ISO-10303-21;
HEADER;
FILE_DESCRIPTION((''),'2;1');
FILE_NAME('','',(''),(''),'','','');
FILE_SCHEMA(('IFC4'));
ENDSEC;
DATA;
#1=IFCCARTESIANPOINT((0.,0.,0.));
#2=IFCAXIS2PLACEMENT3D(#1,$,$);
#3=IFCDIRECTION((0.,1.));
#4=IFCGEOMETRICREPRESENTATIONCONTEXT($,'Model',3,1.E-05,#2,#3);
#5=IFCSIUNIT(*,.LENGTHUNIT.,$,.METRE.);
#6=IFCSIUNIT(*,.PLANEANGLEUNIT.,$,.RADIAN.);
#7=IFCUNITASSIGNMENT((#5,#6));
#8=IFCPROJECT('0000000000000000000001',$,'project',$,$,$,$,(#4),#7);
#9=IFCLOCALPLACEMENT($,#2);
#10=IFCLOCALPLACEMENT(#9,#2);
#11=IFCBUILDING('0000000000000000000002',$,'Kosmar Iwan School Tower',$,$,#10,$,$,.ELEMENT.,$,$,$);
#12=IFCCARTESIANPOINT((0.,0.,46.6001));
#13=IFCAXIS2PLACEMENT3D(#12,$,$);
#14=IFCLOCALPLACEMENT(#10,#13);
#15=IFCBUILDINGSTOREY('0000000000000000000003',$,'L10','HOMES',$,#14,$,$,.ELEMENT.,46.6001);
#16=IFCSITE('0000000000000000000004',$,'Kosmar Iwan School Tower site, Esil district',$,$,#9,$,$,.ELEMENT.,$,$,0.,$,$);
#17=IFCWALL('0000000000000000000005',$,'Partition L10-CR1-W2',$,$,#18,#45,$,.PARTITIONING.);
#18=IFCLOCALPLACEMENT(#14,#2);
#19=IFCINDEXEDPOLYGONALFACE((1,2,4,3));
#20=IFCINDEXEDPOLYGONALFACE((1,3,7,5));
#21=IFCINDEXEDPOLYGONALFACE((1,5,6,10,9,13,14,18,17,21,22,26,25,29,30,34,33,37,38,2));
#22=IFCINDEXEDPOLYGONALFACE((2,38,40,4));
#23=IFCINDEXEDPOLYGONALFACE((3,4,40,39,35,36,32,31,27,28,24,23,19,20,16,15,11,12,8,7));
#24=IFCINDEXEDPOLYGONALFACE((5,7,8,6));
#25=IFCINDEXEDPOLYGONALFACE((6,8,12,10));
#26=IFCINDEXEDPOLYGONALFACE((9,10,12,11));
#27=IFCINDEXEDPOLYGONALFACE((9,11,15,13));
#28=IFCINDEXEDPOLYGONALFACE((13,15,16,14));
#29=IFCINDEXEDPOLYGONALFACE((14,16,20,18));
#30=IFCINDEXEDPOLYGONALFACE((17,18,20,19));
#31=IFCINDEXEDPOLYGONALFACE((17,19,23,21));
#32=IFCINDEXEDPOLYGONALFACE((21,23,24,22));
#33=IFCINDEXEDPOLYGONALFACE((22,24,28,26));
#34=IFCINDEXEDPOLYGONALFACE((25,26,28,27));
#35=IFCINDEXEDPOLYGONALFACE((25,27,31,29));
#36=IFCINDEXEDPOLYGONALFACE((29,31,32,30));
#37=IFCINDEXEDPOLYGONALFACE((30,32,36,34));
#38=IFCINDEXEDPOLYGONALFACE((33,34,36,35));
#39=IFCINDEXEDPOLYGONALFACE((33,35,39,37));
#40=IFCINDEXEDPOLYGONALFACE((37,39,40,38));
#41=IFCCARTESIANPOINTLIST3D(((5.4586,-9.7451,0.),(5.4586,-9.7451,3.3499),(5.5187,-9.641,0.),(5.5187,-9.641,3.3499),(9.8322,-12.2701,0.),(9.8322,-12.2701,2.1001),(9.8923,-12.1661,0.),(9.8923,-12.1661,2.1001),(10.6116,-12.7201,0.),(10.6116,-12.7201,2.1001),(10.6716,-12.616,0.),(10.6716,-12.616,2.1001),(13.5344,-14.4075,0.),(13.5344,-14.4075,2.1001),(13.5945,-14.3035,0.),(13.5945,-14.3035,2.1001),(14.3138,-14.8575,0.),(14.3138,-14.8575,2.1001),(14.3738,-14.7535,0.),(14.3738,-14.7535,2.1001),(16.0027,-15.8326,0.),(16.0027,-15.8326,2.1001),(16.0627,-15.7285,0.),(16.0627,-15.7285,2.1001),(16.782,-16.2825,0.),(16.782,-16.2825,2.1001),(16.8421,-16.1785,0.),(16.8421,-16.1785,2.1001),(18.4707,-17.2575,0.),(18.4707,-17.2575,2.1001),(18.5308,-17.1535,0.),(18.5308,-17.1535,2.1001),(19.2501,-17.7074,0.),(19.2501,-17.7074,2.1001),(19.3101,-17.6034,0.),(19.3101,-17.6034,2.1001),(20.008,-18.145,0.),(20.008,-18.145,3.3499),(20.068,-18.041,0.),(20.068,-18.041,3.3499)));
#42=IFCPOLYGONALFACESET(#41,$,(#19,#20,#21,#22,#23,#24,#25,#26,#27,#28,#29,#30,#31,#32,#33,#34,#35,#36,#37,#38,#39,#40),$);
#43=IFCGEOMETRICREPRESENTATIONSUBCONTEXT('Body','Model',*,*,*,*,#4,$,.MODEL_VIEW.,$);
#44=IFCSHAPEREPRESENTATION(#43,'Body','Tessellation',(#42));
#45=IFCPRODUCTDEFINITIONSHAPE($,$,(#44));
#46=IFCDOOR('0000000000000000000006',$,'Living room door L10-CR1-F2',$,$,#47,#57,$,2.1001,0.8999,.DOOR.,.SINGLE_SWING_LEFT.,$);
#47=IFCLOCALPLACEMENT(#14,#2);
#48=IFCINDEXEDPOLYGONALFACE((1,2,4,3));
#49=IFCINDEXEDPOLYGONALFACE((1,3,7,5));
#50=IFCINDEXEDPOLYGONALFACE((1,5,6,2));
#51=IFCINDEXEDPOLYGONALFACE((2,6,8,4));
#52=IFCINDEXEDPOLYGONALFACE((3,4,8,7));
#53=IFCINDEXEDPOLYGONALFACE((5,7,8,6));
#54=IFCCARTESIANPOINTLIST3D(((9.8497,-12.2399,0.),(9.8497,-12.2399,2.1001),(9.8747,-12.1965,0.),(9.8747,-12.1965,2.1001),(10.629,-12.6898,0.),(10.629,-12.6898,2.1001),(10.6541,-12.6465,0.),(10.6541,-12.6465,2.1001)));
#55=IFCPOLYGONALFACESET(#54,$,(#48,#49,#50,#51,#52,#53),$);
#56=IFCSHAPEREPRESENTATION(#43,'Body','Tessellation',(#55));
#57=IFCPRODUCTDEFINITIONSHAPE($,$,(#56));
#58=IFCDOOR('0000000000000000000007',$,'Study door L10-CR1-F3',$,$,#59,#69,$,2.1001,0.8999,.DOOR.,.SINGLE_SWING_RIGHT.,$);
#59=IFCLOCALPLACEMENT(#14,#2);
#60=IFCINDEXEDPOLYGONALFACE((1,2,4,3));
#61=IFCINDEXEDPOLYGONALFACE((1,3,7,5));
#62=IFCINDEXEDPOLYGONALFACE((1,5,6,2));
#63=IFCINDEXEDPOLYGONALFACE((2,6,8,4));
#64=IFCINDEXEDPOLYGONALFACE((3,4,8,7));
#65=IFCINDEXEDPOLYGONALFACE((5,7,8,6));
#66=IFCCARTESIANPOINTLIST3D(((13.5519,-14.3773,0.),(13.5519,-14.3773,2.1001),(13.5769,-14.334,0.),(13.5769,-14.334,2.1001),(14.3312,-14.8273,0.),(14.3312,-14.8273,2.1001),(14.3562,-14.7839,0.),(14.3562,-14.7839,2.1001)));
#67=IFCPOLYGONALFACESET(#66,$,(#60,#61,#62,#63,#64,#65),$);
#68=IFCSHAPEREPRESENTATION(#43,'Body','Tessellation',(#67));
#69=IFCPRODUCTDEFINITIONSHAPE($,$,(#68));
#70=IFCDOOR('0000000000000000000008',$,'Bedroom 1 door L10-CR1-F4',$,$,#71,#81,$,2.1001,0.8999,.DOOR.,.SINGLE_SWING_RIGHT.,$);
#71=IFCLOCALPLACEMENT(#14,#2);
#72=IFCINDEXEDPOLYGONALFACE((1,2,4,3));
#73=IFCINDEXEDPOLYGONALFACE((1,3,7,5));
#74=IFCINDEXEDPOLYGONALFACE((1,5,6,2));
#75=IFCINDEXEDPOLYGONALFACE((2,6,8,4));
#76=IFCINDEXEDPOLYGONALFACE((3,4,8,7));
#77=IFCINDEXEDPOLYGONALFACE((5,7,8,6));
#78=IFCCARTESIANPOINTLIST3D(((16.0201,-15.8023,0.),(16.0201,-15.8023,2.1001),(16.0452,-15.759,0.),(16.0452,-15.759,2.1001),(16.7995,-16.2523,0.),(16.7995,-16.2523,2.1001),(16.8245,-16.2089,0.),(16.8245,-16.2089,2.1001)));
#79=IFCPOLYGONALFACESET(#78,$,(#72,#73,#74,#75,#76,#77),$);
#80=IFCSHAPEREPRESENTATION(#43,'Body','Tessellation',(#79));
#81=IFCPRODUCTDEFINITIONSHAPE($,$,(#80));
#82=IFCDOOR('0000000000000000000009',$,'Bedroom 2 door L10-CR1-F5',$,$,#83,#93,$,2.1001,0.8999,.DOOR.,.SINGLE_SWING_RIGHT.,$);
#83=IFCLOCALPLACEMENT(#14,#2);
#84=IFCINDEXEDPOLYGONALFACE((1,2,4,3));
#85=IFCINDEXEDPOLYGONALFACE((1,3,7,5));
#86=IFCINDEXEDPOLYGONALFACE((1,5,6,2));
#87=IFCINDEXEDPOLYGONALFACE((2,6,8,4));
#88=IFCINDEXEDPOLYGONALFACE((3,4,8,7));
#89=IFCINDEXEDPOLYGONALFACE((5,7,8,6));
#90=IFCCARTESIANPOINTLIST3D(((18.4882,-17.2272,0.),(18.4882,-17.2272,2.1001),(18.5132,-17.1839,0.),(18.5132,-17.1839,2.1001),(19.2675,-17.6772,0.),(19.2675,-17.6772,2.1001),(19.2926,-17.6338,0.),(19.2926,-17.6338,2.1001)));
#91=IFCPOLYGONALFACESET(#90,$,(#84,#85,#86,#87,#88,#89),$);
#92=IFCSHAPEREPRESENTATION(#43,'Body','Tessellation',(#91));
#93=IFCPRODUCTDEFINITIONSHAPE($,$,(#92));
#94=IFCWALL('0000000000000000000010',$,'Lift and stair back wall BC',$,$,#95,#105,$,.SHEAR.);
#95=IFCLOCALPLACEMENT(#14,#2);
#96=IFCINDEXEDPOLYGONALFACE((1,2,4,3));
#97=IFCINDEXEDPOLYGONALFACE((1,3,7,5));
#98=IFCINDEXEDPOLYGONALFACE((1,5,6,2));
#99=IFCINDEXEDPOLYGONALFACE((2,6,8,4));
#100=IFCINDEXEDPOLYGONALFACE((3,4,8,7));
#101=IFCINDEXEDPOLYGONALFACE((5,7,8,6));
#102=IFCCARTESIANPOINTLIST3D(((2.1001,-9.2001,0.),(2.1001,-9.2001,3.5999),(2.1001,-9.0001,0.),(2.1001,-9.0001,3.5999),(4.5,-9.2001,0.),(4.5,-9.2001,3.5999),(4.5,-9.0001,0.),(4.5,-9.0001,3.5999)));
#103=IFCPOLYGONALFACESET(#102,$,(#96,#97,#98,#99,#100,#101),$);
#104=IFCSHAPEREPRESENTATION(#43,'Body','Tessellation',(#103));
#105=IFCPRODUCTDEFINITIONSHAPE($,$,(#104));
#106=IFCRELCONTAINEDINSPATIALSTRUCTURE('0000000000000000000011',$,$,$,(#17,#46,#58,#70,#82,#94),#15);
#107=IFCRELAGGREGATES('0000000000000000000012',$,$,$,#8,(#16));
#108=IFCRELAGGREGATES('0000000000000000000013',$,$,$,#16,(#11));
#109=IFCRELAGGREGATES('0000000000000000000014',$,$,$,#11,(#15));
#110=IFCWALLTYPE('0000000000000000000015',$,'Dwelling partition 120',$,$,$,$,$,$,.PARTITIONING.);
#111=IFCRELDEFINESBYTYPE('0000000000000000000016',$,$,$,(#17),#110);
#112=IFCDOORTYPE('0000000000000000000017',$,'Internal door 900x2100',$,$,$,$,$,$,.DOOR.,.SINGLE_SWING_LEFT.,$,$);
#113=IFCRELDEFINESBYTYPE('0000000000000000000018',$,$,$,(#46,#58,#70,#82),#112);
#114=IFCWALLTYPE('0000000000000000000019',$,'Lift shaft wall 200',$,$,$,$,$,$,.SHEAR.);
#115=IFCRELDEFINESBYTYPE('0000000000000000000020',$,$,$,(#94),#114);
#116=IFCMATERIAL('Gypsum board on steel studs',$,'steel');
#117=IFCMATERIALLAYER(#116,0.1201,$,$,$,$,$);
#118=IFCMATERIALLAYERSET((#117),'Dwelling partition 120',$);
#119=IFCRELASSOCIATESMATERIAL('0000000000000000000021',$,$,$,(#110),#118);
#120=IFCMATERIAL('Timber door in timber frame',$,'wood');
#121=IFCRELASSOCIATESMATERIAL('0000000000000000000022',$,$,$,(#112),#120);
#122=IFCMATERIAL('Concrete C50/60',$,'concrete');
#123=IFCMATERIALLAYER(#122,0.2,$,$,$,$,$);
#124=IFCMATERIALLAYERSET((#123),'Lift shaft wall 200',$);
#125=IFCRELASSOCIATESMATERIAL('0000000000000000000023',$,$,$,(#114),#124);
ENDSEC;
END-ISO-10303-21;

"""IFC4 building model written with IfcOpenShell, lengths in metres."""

from ifc_helpers import new_model, si_unit, direction, frame, frame_2d, origin, place, context, subcontext, project, spatial, rectangle, extrude, material, layer, layer_set, type_object, element, fill, save


model = new_model("IFC4")

# Units and contexts
model_context = context("Model", 3, precision=1e-05, world=origin(), true_north=direction((0.0, 1.0)))
body_context = subcontext(model_context, "Body", "Model", "MODEL_VIEW")
ifc_project = project(units=[si_unit("LENGTHUNIT", "METRE"), si_unit("PLANEANGLEUNIT", "RADIAN")], contexts=[model_context])

# Site, building, storey
site_placement = place(None, origin())
site = spatial("IfcSite", under=ifc_project, at=site_placement, Name="Kosmar Iwan School Tower site, Esil district", CompositionType="ELEMENT", RefElevation=0.0)
building_placement = place(site_placement, origin())
building = spatial("IfcBuilding", under=site, at=building_placement, Name="Kosmar Iwan School Tower", CompositionType="ELEMENT")
storey_placement = place(building_placement, frame((0.0, 0.0, 46.6001)))
storey = spatial("IfcBuildingStorey", under=building, at=storey_placement, Name="L10", Description="HOMES", CompositionType="ELEMENT", Elevation=46.6001)

# Wall, openings, doors
ifc_material_1 = material(Name="Gypsum board on steel studs", Category="steel")
ifc_layer_1 = layer(ifc_material_1, 0.1201)
ifc_layer_set_1 = layer_set([ifc_layer_1], Name="Dwelling partition 120")
wall_type_1 = type_object("IfcWallType", Name="Dwelling partition 120", PredefinedType="PARTITIONING", material=ifc_layer_set_1)
wall_1_placement = place(storey_placement, frame((5.4888, -9.6931, 0.0), z_axis=(0.0, 0.0, 1.0), x_axis=(0.866029, -0.499993, 0.0)))
wall_1 = element("IfcWall", 1, at=wall_1_placement, inside=storey, type_object=wall_type_1, Name="Partition L10-CR1-W2", PredefinedType="PARTITIONING", context=body_context, shape_type="SweptSolid", body=[
    extrude(rectangle(XDim=16.8, YDim=0.1201, at=frame_2d((8.3999, 0.0))), origin(), (0.0, 0.0, 1.0), 3.3499),
])
opening_1_placement = place(wall_1_placement, frame((5.05, 0.0, 0.0)))
opening_1 = element("IfcOpeningElement", 2, at=opening_1_placement, cuts=wall_1, PredefinedType="OPENING", context=body_context, shape_type="SweptSolid", body=[
    extrude(rectangle(XDim=0.8999, YDim=2.1001, at=frame_2d((0.45, 1.05))), frame((0.0, 0.072, 0.0), z_axis=(0.0, -1.0, 0.0), x_axis=(1.0, 0.0, 0.0)), (0.0, 0.0, 1.0), 0.144),
])
opening_2_placement = place(wall_1_placement, frame((9.325, 0.0, 0.0)))
opening_2 = element("IfcOpeningElement", 3, at=opening_2_placement, cuts=wall_1, PredefinedType="OPENING", context=body_context, shape_type="SweptSolid", body=[
    extrude(rectangle(XDim=0.8999, YDim=2.1001, at=frame_2d((0.45, 1.05))), frame((0.0, 0.072, 0.0), z_axis=(0.0, -1.0, 0.0), x_axis=(1.0, 0.0, 0.0)), (0.0, 0.0, 1.0), 0.144),
])
opening_3_placement = place(wall_1_placement, frame((12.175, 0.0, 0.0)))
opening_3 = element("IfcOpeningElement", 4, at=opening_3_placement, cuts=wall_1, PredefinedType="OPENING", context=body_context, shape_type="SweptSolid", body=[
    extrude(rectangle(XDim=0.8999, YDim=2.1001, at=frame_2d((0.45, 1.05))), frame((0.0, 0.072, 0.0), z_axis=(0.0, -1.0, 0.0), x_axis=(1.0, 0.0, 0.0)), (0.0, 0.0, 1.0), 0.144),
])
opening_4_placement = place(wall_1_placement, frame((15.0249, 0.0, 0.0)))
opening_4 = element("IfcOpeningElement", 5, at=opening_4_placement, cuts=wall_1, PredefinedType="OPENING", context=body_context, shape_type="SweptSolid", body=[
    extrude(rectangle(XDim=0.8999, YDim=2.1001, at=frame_2d((0.45, 1.05))), frame((0.0, 0.072, 0.0), z_axis=(0.0, -1.0, 0.0), x_axis=(1.0, 0.0, 0.0)), (0.0, 0.0, 1.0), 0.144),
])
ifc_material_2 = material(Name="Timber door in timber frame", Category="wood")
door_type = type_object("IfcDoorType", Name="Internal door 900x2100", OperationType="SINGLE_SWING_LEFT", PredefinedType="DOOR", material=ifc_material_2)
door_1_placement = place(opening_1_placement, origin())
door_1 = element("IfcDoor", 6, at=door_1_placement, inside=storey, type_object=door_type, Name="Living room door L10-CR1-F2", OperationType="SINGLE_SWING_LEFT", OverallHeight=2.1001, OverallWidth=0.8999, PredefinedType="DOOR", context=body_context, shape_type="SweptSolid", body=[
    extrude(rectangle(XDim=0.8999, YDim=2.1001, at=frame_2d((0.45, 1.05))), frame((0.0, 0.0249, 0.0), z_axis=(0.0, -1.0, 0.0), x_axis=(1.0, 0.0, 0.0)), (0.0, 0.0, 1.0), 0.05),
])
fill(opening_1, door_1)
door_2_placement = place(opening_2_placement, origin())
door_2 = element("IfcDoor", 7, at=door_2_placement, inside=storey, type_object=door_type, Name="Study door L10-CR1-F3", OperationType="SINGLE_SWING_RIGHT", OverallHeight=2.1001, OverallWidth=0.8999, PredefinedType="DOOR", context=body_context, shape_type="SweptSolid", body=[
    extrude(rectangle(XDim=0.8999, YDim=2.1001, at=frame_2d((0.45, 1.05))), frame((0.0, 0.0249, 0.0), z_axis=(0.0, -1.0, 0.0), x_axis=(1.0, 0.0, 0.0)), (0.0, 0.0, 1.0), 0.05),
])
fill(opening_2, door_2)
door_3_placement = place(opening_3_placement, origin())
door_3 = element("IfcDoor", 8, at=door_3_placement, inside=storey, type_object=door_type, Name="Bedroom 1 door L10-CR1-F4", OperationType="SINGLE_SWING_RIGHT", OverallHeight=2.1001, OverallWidth=0.8999, PredefinedType="DOOR", context=body_context, shape_type="SweptSolid", body=[
    extrude(rectangle(XDim=0.8999, YDim=2.1001, at=frame_2d((0.45, 1.05))), frame((0.0, 0.0249, 0.0), z_axis=(0.0, -1.0, 0.0), x_axis=(1.0, 0.0, 0.0)), (0.0, 0.0, 1.0), 0.05),
])
fill(opening_3, door_3)
door_4_placement = place(opening_4_placement, origin())
door_4 = element("IfcDoor", 9, at=door_4_placement, inside=storey, type_object=door_type, Name="Bedroom 2 door L10-CR1-F5", OperationType="SINGLE_SWING_RIGHT", OverallHeight=2.1001, OverallWidth=0.8999, PredefinedType="DOOR", context=body_context, shape_type="SweptSolid", body=[
    extrude(rectangle(XDim=0.8999, YDim=2.1001, at=frame_2d((0.45, 1.05))), frame((0.0, 0.0249, 0.0), z_axis=(0.0, -1.0, 0.0), x_axis=(1.0, 0.0, 0.0)), (0.0, 0.0, 1.0), 0.05),
])
fill(opening_4, door_4)

# Wall
ifc_material_3 = material(Name="Concrete C50/60", Category="concrete")
ifc_layer_2 = layer(ifc_material_3, 0.2)
ifc_layer_set_2 = layer_set([ifc_layer_2], Name="Lift shaft wall 200")
wall_type_2 = type_object("IfcWallType", Name="Lift shaft wall 200", PredefinedType="SHEAR", material=ifc_layer_set_2)
wall_2_placement = place(storey_placement, frame((2.1001, -9.1001, 0.0), z_axis=(0.0, 0.0, 1.0), x_axis=(1.0, 0.0, 0.0)))
element("IfcWall", 10, at=wall_2_placement, inside=storey, type_object=wall_type_2, Name="Lift and stair back wall BC", PredefinedType="SHEAR", context=body_context, shape_type="SweptSolid", body=[
    extrude(rectangle(XDim=2.3999, YDim=0.2, at=frame_2d((1.2, 0.0))), origin(), (0.0, 0.0, 1.0), 3.5999),
])

save(model, "model.ifc")
